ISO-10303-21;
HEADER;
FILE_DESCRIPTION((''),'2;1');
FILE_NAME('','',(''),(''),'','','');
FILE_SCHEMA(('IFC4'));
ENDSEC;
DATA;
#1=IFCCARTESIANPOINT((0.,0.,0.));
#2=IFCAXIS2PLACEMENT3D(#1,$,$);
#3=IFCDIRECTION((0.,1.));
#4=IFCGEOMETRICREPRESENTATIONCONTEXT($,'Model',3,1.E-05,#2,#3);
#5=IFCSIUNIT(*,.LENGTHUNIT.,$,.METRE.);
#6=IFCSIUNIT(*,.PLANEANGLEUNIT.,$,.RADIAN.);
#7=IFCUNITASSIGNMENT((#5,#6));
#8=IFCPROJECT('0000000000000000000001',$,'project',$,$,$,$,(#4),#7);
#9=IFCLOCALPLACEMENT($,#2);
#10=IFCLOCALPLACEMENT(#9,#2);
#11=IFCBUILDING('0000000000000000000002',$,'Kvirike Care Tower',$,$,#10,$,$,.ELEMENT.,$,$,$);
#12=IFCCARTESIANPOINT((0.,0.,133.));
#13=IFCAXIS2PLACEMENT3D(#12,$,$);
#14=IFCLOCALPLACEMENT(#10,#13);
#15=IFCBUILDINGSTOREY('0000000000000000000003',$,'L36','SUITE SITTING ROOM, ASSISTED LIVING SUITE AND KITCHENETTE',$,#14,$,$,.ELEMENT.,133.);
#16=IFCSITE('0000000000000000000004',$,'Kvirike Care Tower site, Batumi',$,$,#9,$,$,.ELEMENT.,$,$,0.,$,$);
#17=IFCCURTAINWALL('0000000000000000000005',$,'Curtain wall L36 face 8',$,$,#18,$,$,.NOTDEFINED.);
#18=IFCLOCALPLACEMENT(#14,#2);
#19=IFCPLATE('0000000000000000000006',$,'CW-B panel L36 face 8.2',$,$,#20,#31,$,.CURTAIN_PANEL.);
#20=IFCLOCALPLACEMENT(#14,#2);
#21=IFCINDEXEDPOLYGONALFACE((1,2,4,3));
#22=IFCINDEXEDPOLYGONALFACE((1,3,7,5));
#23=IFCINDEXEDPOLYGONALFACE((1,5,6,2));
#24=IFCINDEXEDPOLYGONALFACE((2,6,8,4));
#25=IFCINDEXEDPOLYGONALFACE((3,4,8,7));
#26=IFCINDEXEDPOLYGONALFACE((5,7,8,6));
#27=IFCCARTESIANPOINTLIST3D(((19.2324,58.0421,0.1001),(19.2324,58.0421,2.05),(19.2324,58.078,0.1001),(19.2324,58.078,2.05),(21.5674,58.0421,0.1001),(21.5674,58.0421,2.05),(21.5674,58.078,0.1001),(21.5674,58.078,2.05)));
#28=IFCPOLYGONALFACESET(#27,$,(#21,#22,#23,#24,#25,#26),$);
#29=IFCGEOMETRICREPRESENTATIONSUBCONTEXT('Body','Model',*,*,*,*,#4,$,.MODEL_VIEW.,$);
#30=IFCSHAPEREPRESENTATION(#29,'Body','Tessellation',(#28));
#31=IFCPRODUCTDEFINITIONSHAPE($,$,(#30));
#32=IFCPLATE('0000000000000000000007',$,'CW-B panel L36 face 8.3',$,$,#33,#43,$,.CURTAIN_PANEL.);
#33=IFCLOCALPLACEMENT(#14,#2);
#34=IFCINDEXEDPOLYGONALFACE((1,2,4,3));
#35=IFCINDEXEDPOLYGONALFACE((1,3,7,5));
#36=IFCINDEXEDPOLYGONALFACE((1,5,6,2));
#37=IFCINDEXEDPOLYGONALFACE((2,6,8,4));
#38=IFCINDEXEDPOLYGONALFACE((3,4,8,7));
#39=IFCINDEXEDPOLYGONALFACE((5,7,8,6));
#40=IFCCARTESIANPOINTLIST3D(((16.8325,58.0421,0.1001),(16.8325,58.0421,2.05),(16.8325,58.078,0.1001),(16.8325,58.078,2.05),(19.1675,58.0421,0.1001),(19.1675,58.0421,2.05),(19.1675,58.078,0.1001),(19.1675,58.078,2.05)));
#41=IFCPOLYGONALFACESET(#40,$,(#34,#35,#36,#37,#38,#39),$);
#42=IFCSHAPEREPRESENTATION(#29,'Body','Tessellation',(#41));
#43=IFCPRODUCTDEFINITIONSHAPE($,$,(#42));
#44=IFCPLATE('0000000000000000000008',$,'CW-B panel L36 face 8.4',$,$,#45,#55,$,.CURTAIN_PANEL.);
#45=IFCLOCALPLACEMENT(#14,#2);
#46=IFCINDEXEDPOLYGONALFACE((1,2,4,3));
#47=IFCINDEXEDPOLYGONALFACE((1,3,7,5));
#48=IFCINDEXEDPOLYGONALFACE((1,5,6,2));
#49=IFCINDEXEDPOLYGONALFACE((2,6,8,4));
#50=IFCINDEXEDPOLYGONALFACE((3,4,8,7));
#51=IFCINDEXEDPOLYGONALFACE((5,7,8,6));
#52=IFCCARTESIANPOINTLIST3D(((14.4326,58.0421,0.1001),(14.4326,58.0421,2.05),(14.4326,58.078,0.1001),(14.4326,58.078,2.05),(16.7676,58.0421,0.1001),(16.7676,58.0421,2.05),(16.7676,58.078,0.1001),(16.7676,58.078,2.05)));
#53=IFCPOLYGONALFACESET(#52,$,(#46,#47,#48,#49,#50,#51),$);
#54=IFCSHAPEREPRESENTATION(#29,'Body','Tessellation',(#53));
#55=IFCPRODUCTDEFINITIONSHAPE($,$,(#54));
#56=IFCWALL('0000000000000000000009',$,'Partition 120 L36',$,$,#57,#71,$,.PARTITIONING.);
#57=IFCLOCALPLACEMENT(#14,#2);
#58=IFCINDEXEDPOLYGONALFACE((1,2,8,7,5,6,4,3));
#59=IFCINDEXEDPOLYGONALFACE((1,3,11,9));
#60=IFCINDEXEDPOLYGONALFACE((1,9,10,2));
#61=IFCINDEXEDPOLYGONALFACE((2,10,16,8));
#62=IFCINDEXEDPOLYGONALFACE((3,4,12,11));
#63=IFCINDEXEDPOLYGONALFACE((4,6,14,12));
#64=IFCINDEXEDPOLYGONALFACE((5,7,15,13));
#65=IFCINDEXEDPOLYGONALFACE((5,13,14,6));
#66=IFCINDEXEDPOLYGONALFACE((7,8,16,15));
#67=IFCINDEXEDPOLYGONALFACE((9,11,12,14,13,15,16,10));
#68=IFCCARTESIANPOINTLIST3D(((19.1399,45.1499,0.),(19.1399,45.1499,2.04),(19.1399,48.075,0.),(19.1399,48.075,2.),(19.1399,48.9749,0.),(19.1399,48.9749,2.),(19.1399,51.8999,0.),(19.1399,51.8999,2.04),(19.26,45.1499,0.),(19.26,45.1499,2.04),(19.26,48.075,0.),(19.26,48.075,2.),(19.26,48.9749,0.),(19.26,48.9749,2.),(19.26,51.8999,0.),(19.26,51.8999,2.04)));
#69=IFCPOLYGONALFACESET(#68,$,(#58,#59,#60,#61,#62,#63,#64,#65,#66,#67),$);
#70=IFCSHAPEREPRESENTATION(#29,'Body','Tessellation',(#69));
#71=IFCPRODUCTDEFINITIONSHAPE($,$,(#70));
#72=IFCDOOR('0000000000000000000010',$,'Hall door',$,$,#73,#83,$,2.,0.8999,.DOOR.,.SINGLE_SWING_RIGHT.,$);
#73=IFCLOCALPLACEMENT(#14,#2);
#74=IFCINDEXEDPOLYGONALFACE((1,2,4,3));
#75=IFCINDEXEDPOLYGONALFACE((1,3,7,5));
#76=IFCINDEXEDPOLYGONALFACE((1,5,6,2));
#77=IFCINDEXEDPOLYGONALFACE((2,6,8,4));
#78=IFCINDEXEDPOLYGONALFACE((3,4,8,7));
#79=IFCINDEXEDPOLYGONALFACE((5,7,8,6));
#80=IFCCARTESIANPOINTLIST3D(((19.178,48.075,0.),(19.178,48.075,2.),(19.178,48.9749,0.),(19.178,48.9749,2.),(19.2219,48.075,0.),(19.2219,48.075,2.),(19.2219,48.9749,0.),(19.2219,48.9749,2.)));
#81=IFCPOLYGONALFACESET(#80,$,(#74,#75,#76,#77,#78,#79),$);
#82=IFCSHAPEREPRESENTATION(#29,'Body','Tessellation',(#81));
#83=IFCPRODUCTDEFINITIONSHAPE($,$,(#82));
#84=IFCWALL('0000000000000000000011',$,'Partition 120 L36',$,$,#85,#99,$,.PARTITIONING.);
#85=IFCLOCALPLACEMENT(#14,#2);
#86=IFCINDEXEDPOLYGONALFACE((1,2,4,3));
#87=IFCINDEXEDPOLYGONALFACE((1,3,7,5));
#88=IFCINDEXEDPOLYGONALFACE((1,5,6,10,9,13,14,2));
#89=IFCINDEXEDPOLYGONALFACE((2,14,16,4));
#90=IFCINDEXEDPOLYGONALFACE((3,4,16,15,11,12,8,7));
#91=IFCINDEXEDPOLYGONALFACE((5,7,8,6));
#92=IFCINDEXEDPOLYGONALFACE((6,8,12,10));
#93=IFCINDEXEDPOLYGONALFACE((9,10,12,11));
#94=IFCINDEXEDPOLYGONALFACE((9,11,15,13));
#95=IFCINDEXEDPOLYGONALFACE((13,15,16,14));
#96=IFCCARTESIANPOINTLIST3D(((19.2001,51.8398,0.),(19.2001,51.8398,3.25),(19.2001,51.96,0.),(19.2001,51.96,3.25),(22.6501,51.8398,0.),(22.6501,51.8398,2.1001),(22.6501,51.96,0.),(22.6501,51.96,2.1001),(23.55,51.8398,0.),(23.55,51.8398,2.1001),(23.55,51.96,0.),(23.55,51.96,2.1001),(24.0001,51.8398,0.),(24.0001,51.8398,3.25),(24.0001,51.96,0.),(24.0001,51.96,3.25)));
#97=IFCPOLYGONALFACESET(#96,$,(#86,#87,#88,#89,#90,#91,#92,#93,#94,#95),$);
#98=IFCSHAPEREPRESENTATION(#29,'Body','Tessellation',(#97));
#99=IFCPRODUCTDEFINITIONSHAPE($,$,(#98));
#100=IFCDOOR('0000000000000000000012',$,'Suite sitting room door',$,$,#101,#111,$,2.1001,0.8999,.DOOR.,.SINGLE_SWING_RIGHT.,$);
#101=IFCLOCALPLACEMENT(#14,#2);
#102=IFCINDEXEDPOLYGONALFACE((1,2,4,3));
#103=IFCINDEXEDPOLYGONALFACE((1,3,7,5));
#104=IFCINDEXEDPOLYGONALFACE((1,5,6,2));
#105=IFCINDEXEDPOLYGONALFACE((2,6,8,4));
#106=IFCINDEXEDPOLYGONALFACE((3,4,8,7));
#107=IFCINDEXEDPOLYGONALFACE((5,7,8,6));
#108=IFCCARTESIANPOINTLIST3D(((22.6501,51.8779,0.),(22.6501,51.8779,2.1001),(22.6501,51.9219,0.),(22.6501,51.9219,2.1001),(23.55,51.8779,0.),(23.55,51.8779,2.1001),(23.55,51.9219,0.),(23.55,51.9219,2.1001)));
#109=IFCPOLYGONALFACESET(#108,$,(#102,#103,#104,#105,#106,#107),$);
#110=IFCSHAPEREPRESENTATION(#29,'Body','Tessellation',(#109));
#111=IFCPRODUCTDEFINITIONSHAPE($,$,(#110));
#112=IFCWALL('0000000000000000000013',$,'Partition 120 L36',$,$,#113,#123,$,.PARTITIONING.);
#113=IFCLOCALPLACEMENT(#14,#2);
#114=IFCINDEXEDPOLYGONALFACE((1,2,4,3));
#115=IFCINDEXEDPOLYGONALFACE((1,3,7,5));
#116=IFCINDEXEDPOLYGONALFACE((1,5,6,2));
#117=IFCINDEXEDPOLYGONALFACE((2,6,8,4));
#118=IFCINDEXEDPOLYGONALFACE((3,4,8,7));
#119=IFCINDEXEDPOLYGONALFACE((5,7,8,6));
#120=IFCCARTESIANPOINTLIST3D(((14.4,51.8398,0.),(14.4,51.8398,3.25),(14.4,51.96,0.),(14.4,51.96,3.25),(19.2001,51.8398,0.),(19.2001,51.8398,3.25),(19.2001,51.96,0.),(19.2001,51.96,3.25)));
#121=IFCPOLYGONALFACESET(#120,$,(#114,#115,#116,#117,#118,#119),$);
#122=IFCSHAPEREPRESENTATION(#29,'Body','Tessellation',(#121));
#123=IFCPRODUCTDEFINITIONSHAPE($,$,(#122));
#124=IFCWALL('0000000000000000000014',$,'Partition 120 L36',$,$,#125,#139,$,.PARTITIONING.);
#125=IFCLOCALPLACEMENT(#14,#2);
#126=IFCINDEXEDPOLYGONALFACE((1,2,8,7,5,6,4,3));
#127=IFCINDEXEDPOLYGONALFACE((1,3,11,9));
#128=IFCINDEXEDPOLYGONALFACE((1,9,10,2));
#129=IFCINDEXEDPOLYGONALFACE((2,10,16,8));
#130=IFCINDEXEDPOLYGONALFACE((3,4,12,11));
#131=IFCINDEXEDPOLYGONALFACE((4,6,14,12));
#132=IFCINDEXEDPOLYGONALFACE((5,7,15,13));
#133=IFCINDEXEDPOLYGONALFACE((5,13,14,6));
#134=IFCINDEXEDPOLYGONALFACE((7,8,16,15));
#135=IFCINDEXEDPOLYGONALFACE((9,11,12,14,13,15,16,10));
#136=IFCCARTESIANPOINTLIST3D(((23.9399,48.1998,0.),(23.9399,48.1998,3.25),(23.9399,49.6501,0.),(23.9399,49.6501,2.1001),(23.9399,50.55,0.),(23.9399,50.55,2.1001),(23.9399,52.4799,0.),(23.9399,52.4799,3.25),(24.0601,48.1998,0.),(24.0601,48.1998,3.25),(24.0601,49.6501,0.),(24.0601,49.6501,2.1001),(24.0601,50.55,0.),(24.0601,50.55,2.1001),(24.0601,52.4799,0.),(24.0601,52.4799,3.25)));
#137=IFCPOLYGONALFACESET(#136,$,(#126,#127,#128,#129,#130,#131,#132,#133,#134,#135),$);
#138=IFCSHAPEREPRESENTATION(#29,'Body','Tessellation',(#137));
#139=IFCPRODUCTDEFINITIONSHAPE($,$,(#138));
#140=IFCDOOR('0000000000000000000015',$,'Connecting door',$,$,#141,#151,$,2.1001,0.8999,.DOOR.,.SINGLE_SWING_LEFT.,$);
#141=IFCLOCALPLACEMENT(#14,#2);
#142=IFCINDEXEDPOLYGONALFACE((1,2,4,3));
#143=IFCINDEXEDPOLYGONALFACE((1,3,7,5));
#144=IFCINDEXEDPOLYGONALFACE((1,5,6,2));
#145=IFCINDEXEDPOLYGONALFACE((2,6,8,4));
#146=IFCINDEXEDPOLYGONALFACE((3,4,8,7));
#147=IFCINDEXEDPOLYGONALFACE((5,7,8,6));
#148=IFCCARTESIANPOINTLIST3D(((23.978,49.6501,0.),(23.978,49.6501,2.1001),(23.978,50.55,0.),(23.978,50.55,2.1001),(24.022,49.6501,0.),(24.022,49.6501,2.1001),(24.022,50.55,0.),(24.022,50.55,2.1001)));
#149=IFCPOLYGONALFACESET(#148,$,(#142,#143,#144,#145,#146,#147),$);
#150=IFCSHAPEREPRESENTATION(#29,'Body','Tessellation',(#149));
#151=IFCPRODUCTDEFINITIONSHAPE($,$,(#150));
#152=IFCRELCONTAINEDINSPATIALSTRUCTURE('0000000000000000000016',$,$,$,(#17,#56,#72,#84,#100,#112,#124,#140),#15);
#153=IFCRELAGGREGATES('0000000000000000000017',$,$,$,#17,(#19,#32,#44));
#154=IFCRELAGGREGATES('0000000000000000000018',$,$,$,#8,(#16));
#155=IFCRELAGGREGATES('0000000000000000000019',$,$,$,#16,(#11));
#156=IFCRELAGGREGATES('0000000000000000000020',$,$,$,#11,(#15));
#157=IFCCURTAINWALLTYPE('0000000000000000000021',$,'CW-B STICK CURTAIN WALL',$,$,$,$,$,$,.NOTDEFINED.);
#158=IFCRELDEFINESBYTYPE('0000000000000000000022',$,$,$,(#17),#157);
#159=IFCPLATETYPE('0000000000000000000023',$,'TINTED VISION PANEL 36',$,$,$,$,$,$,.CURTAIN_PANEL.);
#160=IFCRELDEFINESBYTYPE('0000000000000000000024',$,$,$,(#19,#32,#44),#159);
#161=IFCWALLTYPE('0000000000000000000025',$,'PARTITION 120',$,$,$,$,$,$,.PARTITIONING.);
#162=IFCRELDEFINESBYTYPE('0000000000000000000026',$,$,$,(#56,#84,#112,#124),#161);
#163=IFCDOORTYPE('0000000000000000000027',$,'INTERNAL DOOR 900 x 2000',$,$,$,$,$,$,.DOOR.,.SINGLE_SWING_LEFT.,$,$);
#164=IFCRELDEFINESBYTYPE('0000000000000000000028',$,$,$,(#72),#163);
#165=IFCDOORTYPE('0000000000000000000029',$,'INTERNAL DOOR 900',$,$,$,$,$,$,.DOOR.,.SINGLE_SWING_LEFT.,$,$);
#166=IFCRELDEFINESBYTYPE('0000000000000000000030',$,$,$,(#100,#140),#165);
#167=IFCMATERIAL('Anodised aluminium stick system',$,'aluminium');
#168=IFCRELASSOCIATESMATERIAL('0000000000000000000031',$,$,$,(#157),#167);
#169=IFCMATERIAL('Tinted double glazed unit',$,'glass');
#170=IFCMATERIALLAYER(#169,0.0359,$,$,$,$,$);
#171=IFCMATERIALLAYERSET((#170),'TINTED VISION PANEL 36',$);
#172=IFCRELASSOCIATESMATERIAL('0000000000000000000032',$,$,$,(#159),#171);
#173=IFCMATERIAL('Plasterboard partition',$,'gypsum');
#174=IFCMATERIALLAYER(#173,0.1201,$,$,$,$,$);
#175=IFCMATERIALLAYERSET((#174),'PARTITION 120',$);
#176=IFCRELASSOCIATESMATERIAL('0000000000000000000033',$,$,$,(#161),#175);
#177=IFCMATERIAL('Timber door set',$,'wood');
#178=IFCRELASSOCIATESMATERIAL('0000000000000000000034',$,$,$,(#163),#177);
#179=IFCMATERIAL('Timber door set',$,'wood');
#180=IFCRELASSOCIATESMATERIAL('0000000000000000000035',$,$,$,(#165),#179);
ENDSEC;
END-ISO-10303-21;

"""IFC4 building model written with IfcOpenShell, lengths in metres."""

from ifc_helpers import new_model, si_unit, direction, frame, frame_2d, origin, origin_2d, place, context, subcontext, project, spatial, rectangle, extrude, material, layer, layer_set, type_object, element, fill, aggregate, save


model = new_model("IFC4")

# Units and contexts
model_context = context("Model", 3, precision=1e-05, world=origin(), true_north=direction((0.0, 1.0)))
body_context = subcontext(model_context, "Body", "Model", "MODEL_VIEW")
ifc_project = project(units=[si_unit("LENGTHUNIT", "METRE"), si_unit("PLANEANGLEUNIT", "RADIAN")], contexts=[model_context])

# Site, building, storey
site_placement = place(None, origin())
site = spatial("IfcSite", under=ifc_project, at=site_placement, Name="Kvirike Care Tower site, Batumi", CompositionType="ELEMENT", RefElevation=0.0)
building_placement = place(site_placement, origin())
building = spatial("IfcBuilding", under=site, at=building_placement, Name="Kvirike Care Tower", CompositionType="ELEMENT")
storey_placement = place(building_placement, frame((0.0, 0.0, 133.0)))
storey = spatial("IfcBuildingStorey", under=building, at=storey_placement, Name="L36", Description="SUITE SITTING ROOM, ASSISTED LIVING SUITE AND KITCHENETTE", CompositionType="ELEMENT", Elevation=133.0)

# Curtain wall
ifc_material_1 = material(Name="Anodised aluminium stick system", Category="aluminium")
curtain_wall_type = type_object("IfcCurtainWallType", Name="CW-B STICK CURTAIN WALL", PredefinedType="NOTDEFINED", material=ifc_material_1)
curtain_wall_placement = place(storey_placement, origin())
curtain_wall = element("IfcCurtainWall", 1, at=curtain_wall_placement, inside=storey, type_object=curtain_wall_type, Name="Curtain wall L36 face 8", PredefinedType="NOTDEFINED")

# Plates
ifc_material_2 = material(Name="Tinted double glazed unit", Category="glass")
ifc_layer_1 = layer(ifc_material_2, 0.0359)
ifc_layer_set_1 = layer_set([ifc_layer_1], Name="TINTED VISION PANEL 36")
plate_type = type_object("IfcPlateType", Name="TINTED VISION PANEL 36", PredefinedType="CURTAIN_PANEL", material=ifc_layer_set_1)
plate_1_placement = place(storey_placement, frame((20.3999, 58.0601, 0.1001), z_axis=(0.0, 0.0, 1.0), x_axis=(-1.0, 0.0, 0.0)))
plate_1 = element("IfcPlate", 2, at=plate_1_placement, type_object=plate_type, Name="CW-B panel L36 face 8.2", PredefinedType="CURTAIN_PANEL", context=body_context, shape_type="SweptSolid", body=[
    extrude(rectangle(XDim=2.335, YDim=0.0359, at=origin_2d()), origin(), (0.0, 0.0, 1.0), 1.95),
])
plate_2_placement = place(storey_placement, frame((18.0, 58.0601, 0.1001), z_axis=(0.0, 0.0, 1.0), x_axis=(-1.0, 0.0, 0.0)))
plate_2 = element("IfcPlate", 3, at=plate_2_placement, type_object=plate_type, Name="CW-B panel L36 face 8.3", PredefinedType="CURTAIN_PANEL", context=body_context, shape_type="SweptSolid", body=[
    extrude(rectangle(XDim=2.335, YDim=0.0359, at=origin_2d()), origin(), (0.0, 0.0, 1.0), 1.95),
])
plate_3_placement = place(storey_placement, frame((15.6001, 58.0601, 0.1001), z_axis=(0.0, 0.0, 1.0), x_axis=(-1.0, 0.0, 0.0)))
plate_3 = element("IfcPlate", 4, at=plate_3_placement, type_object=plate_type, Name="CW-B panel L36 face 8.4", PredefinedType="CURTAIN_PANEL", context=body_context, shape_type="SweptSolid", body=[
    extrude(rectangle(XDim=2.335, YDim=0.0359, at=origin_2d()), origin(), (0.0, 0.0, 1.0), 1.95),
])
aggregate(curtain_wall, [plate_1, plate_2, plate_3])

# Walls, openings, doors
ifc_material_3 = material(Name="Plasterboard partition", Category="gypsum")
ifc_layer_2 = layer(ifc_material_3, 0.1201)
ifc_layer_set_2 = layer_set([ifc_layer_2], Name="PARTITION 120")
wall_type = type_object("IfcWallType", Name="PARTITION 120", PredefinedType="PARTITIONING", material=ifc_layer_set_2)
wall_1_placement = place(storey_placement, frame((19.2, 51.8999, 0.0), z_axis=(0.0, 0.0, 1.0), x_axis=(0.0, -1.0, 0.0)))
wall_1 = element("IfcWall", 5, at=wall_1_placement, inside=storey, type_object=wall_type, Name="Partition 120 L36", PredefinedType="PARTITIONING", context=body_context, shape_type="SweptSolid", body=[
    extrude(rectangle(XDim=6.75, YDim=0.1201, at=frame_2d((3.375, 0.0))), origin(), (0.0, 0.0, 1.0), 2.04),
])
opening_1_placement = place(wall_1_placement, frame((2.925, 0.0, 0.0)))
opening_1 = element("IfcOpeningElement", 6, at=opening_1_placement, cuts=wall_1, PredefinedType="OPENING", context=body_context, shape_type="SweptSolid", body=[
    extrude(rectangle(XDim=0.8999, YDim=2.0, at=frame_2d((0.45, 1.0))), frame((0.0, 0.0706, 0.0), z_axis=(0.0, -1.0, 0.0), x_axis=(1.0, 0.0, 0.0)), (0.0, 0.0, 1.0), 0.1411),
])
ifc_material_4 = material(Name="Timber door set", Category="wood")
door_type_1 = type_object("IfcDoorType", Name="INTERNAL DOOR 900 x 2000", OperationType="SINGLE_SWING_LEFT", PredefinedType="DOOR", material=ifc_material_4)
door_1_placement = place(opening_1_placement, frame((0.8999, 0.0, 0.0), z_axis=(0.0, 0.0, 1.0), x_axis=(-1.0, 0.0, 0.0)))
door_1 = element("IfcDoor", 7, at=door_1_placement, inside=storey, type_object=door_type_1, Name="Hall door", OperationType="SINGLE_SWING_RIGHT", OverallHeight=2.0, OverallWidth=0.8999, PredefinedType="DOOR", context=body_context, shape_type="SweptSolid", body=[
    extrude(rectangle(XDim=0.8999, YDim=2.0, at=frame_2d((0.45, 1.0))), frame((0.0, 0.022, 0.0), z_axis=(0.0, -1.0, 0.0), x_axis=(1.0, 0.0, 0.0)), (0.0, 0.0, 1.0), 0.0439),
])
fill(opening_1, door_1)
wall_2_placement = place(storey_placement, frame((24.0, 51.8999, 0.0), z_axis=(0.0, 0.0, 1.0), x_axis=(-1.0, 0.0, 0.0)))
wall_2 = element("IfcWall", 8, at=wall_2_placement, inside=storey, type_object=wall_type, Name="Partition 120 L36", PredefinedType="PARTITIONING", context=body_context, shape_type="SweptSolid", body=[
    extrude(rectangle(XDim=4.8, YDim=0.1201, at=frame_2d((2.3999, 0.0))), origin(), (0.0, 0.0, 1.0), 3.25),
])
opening_2_placement = place(wall_2_placement, frame((0.45, 0.0, 0.0)))
opening_2 = element("IfcOpeningElement", 9, at=opening_2_placement, cuts=wall_2, PredefinedType="OPENING", context=body_context, shape_type="SweptSolid", body=[
    extrude(rectangle(XDim=0.8999, YDim=2.1001, at=frame_2d((0.45, 1.05))), frame((0.0, 0.0706, 0.0), z_axis=(0.0, -1.0, 0.0), x_axis=(1.0, 0.0, 0.0)), (0.0, 0.0, 1.0), 0.1411),
])
ifc_material_5 = material(Name="Timber door set", Category="wood")
door_type_2 = type_object("IfcDoorType", Name="INTERNAL DOOR 900", OperationType="SINGLE_SWING_LEFT", PredefinedType="DOOR", material=ifc_material_5)
door_2_placement = place(opening_2_placement, origin())
door_2 = element("IfcDoor", 10, at=door_2_placement, inside=storey, type_object=door_type_2, Name="Suite sitting room door", OperationType="SINGLE_SWING_RIGHT", OverallHeight=2.1001, OverallWidth=0.8999, PredefinedType="DOOR", context=body_context, shape_type="SweptSolid", body=[
    extrude(rectangle(XDim=0.8999, YDim=2.1001, at=frame_2d((0.45, 1.05))), frame((0.0, 0.022, 0.0), z_axis=(0.0, -1.0, 0.0), x_axis=(1.0, 0.0, 0.0)), (0.0, 0.0, 1.0), 0.0439),
])
fill(opening_2, door_2)

# Wall
wall_3_placement = place(storey_placement, frame((19.2, 51.8999, 0.0), z_axis=(0.0, 0.0, 1.0), x_axis=(-1.0, 0.0, 0.0)))
element("IfcWall", 11, at=wall_3_placement, inside=storey, type_object=wall_type, Name="Partition 120 L36", PredefinedType="PARTITIONING", context=body_context, shape_type="SweptSolid", body=[
    extrude(rectangle(XDim=4.8, YDim=0.1201, at=frame_2d((2.3999, 0.0))), origin(), (0.0, 0.0, 1.0), 3.25),
])

# Wall, opening, door
wall_4_placement = place(storey_placement, frame((24.0, 52.48, 0.0), z_axis=(0.0, 0.0, 1.0), x_axis=(0.0, -1.0, 0.0)))
wall_4 = element("IfcWall", 12, at=wall_4_placement, inside=storey, type_object=wall_type, Name="Partition 120 L36", PredefinedType="PARTITIONING", context=body_context, shape_type="SweptSolid", body=[
    extrude(rectangle(XDim=4.28, YDim=0.1201, at=frame_2d((2.1401, 0.0))), origin(), (0.0, 0.0, 1.0), 3.25),
])
opening_3_placement = place(wall_4_placement, frame((1.9299, 0.0, 0.0)))
opening_3 = element("IfcOpeningElement", 13, at=opening_3_placement, cuts=wall_4, PredefinedType="OPENING", context=body_context, shape_type="SweptSolid", body=[
    extrude(rectangle(XDim=0.8999, YDim=2.1001, at=frame_2d((0.45, 1.05))), frame((0.0, 0.0706, 0.0), z_axis=(0.0, -1.0, 0.0), x_axis=(1.0, 0.0, 0.0)), (0.0, 0.0, 1.0), 0.1411),
])
door_3_placement = place(opening_3_placement, origin())
door_3 = element("IfcDoor", 14, at=door_3_placement, inside=storey, type_object=door_type_2, Name="Connecting door", OperationType="SINGLE_SWING_LEFT", OverallHeight=2.1001, OverallWidth=0.8999, PredefinedType="DOOR", context=body_context, shape_type="SweptSolid", body=[
    extrude(rectangle(XDim=0.8999, YDim=2.1001, at=frame_2d((0.45, 1.05))), frame((0.0, 0.022, 0.0), z_axis=(0.0, -1.0, 0.0), x_axis=(1.0, 0.0, 0.0)), (0.0, 0.0, 1.0), 0.0439),
])
fill(opening_3, door_3)

save(model, "model.ifc")
